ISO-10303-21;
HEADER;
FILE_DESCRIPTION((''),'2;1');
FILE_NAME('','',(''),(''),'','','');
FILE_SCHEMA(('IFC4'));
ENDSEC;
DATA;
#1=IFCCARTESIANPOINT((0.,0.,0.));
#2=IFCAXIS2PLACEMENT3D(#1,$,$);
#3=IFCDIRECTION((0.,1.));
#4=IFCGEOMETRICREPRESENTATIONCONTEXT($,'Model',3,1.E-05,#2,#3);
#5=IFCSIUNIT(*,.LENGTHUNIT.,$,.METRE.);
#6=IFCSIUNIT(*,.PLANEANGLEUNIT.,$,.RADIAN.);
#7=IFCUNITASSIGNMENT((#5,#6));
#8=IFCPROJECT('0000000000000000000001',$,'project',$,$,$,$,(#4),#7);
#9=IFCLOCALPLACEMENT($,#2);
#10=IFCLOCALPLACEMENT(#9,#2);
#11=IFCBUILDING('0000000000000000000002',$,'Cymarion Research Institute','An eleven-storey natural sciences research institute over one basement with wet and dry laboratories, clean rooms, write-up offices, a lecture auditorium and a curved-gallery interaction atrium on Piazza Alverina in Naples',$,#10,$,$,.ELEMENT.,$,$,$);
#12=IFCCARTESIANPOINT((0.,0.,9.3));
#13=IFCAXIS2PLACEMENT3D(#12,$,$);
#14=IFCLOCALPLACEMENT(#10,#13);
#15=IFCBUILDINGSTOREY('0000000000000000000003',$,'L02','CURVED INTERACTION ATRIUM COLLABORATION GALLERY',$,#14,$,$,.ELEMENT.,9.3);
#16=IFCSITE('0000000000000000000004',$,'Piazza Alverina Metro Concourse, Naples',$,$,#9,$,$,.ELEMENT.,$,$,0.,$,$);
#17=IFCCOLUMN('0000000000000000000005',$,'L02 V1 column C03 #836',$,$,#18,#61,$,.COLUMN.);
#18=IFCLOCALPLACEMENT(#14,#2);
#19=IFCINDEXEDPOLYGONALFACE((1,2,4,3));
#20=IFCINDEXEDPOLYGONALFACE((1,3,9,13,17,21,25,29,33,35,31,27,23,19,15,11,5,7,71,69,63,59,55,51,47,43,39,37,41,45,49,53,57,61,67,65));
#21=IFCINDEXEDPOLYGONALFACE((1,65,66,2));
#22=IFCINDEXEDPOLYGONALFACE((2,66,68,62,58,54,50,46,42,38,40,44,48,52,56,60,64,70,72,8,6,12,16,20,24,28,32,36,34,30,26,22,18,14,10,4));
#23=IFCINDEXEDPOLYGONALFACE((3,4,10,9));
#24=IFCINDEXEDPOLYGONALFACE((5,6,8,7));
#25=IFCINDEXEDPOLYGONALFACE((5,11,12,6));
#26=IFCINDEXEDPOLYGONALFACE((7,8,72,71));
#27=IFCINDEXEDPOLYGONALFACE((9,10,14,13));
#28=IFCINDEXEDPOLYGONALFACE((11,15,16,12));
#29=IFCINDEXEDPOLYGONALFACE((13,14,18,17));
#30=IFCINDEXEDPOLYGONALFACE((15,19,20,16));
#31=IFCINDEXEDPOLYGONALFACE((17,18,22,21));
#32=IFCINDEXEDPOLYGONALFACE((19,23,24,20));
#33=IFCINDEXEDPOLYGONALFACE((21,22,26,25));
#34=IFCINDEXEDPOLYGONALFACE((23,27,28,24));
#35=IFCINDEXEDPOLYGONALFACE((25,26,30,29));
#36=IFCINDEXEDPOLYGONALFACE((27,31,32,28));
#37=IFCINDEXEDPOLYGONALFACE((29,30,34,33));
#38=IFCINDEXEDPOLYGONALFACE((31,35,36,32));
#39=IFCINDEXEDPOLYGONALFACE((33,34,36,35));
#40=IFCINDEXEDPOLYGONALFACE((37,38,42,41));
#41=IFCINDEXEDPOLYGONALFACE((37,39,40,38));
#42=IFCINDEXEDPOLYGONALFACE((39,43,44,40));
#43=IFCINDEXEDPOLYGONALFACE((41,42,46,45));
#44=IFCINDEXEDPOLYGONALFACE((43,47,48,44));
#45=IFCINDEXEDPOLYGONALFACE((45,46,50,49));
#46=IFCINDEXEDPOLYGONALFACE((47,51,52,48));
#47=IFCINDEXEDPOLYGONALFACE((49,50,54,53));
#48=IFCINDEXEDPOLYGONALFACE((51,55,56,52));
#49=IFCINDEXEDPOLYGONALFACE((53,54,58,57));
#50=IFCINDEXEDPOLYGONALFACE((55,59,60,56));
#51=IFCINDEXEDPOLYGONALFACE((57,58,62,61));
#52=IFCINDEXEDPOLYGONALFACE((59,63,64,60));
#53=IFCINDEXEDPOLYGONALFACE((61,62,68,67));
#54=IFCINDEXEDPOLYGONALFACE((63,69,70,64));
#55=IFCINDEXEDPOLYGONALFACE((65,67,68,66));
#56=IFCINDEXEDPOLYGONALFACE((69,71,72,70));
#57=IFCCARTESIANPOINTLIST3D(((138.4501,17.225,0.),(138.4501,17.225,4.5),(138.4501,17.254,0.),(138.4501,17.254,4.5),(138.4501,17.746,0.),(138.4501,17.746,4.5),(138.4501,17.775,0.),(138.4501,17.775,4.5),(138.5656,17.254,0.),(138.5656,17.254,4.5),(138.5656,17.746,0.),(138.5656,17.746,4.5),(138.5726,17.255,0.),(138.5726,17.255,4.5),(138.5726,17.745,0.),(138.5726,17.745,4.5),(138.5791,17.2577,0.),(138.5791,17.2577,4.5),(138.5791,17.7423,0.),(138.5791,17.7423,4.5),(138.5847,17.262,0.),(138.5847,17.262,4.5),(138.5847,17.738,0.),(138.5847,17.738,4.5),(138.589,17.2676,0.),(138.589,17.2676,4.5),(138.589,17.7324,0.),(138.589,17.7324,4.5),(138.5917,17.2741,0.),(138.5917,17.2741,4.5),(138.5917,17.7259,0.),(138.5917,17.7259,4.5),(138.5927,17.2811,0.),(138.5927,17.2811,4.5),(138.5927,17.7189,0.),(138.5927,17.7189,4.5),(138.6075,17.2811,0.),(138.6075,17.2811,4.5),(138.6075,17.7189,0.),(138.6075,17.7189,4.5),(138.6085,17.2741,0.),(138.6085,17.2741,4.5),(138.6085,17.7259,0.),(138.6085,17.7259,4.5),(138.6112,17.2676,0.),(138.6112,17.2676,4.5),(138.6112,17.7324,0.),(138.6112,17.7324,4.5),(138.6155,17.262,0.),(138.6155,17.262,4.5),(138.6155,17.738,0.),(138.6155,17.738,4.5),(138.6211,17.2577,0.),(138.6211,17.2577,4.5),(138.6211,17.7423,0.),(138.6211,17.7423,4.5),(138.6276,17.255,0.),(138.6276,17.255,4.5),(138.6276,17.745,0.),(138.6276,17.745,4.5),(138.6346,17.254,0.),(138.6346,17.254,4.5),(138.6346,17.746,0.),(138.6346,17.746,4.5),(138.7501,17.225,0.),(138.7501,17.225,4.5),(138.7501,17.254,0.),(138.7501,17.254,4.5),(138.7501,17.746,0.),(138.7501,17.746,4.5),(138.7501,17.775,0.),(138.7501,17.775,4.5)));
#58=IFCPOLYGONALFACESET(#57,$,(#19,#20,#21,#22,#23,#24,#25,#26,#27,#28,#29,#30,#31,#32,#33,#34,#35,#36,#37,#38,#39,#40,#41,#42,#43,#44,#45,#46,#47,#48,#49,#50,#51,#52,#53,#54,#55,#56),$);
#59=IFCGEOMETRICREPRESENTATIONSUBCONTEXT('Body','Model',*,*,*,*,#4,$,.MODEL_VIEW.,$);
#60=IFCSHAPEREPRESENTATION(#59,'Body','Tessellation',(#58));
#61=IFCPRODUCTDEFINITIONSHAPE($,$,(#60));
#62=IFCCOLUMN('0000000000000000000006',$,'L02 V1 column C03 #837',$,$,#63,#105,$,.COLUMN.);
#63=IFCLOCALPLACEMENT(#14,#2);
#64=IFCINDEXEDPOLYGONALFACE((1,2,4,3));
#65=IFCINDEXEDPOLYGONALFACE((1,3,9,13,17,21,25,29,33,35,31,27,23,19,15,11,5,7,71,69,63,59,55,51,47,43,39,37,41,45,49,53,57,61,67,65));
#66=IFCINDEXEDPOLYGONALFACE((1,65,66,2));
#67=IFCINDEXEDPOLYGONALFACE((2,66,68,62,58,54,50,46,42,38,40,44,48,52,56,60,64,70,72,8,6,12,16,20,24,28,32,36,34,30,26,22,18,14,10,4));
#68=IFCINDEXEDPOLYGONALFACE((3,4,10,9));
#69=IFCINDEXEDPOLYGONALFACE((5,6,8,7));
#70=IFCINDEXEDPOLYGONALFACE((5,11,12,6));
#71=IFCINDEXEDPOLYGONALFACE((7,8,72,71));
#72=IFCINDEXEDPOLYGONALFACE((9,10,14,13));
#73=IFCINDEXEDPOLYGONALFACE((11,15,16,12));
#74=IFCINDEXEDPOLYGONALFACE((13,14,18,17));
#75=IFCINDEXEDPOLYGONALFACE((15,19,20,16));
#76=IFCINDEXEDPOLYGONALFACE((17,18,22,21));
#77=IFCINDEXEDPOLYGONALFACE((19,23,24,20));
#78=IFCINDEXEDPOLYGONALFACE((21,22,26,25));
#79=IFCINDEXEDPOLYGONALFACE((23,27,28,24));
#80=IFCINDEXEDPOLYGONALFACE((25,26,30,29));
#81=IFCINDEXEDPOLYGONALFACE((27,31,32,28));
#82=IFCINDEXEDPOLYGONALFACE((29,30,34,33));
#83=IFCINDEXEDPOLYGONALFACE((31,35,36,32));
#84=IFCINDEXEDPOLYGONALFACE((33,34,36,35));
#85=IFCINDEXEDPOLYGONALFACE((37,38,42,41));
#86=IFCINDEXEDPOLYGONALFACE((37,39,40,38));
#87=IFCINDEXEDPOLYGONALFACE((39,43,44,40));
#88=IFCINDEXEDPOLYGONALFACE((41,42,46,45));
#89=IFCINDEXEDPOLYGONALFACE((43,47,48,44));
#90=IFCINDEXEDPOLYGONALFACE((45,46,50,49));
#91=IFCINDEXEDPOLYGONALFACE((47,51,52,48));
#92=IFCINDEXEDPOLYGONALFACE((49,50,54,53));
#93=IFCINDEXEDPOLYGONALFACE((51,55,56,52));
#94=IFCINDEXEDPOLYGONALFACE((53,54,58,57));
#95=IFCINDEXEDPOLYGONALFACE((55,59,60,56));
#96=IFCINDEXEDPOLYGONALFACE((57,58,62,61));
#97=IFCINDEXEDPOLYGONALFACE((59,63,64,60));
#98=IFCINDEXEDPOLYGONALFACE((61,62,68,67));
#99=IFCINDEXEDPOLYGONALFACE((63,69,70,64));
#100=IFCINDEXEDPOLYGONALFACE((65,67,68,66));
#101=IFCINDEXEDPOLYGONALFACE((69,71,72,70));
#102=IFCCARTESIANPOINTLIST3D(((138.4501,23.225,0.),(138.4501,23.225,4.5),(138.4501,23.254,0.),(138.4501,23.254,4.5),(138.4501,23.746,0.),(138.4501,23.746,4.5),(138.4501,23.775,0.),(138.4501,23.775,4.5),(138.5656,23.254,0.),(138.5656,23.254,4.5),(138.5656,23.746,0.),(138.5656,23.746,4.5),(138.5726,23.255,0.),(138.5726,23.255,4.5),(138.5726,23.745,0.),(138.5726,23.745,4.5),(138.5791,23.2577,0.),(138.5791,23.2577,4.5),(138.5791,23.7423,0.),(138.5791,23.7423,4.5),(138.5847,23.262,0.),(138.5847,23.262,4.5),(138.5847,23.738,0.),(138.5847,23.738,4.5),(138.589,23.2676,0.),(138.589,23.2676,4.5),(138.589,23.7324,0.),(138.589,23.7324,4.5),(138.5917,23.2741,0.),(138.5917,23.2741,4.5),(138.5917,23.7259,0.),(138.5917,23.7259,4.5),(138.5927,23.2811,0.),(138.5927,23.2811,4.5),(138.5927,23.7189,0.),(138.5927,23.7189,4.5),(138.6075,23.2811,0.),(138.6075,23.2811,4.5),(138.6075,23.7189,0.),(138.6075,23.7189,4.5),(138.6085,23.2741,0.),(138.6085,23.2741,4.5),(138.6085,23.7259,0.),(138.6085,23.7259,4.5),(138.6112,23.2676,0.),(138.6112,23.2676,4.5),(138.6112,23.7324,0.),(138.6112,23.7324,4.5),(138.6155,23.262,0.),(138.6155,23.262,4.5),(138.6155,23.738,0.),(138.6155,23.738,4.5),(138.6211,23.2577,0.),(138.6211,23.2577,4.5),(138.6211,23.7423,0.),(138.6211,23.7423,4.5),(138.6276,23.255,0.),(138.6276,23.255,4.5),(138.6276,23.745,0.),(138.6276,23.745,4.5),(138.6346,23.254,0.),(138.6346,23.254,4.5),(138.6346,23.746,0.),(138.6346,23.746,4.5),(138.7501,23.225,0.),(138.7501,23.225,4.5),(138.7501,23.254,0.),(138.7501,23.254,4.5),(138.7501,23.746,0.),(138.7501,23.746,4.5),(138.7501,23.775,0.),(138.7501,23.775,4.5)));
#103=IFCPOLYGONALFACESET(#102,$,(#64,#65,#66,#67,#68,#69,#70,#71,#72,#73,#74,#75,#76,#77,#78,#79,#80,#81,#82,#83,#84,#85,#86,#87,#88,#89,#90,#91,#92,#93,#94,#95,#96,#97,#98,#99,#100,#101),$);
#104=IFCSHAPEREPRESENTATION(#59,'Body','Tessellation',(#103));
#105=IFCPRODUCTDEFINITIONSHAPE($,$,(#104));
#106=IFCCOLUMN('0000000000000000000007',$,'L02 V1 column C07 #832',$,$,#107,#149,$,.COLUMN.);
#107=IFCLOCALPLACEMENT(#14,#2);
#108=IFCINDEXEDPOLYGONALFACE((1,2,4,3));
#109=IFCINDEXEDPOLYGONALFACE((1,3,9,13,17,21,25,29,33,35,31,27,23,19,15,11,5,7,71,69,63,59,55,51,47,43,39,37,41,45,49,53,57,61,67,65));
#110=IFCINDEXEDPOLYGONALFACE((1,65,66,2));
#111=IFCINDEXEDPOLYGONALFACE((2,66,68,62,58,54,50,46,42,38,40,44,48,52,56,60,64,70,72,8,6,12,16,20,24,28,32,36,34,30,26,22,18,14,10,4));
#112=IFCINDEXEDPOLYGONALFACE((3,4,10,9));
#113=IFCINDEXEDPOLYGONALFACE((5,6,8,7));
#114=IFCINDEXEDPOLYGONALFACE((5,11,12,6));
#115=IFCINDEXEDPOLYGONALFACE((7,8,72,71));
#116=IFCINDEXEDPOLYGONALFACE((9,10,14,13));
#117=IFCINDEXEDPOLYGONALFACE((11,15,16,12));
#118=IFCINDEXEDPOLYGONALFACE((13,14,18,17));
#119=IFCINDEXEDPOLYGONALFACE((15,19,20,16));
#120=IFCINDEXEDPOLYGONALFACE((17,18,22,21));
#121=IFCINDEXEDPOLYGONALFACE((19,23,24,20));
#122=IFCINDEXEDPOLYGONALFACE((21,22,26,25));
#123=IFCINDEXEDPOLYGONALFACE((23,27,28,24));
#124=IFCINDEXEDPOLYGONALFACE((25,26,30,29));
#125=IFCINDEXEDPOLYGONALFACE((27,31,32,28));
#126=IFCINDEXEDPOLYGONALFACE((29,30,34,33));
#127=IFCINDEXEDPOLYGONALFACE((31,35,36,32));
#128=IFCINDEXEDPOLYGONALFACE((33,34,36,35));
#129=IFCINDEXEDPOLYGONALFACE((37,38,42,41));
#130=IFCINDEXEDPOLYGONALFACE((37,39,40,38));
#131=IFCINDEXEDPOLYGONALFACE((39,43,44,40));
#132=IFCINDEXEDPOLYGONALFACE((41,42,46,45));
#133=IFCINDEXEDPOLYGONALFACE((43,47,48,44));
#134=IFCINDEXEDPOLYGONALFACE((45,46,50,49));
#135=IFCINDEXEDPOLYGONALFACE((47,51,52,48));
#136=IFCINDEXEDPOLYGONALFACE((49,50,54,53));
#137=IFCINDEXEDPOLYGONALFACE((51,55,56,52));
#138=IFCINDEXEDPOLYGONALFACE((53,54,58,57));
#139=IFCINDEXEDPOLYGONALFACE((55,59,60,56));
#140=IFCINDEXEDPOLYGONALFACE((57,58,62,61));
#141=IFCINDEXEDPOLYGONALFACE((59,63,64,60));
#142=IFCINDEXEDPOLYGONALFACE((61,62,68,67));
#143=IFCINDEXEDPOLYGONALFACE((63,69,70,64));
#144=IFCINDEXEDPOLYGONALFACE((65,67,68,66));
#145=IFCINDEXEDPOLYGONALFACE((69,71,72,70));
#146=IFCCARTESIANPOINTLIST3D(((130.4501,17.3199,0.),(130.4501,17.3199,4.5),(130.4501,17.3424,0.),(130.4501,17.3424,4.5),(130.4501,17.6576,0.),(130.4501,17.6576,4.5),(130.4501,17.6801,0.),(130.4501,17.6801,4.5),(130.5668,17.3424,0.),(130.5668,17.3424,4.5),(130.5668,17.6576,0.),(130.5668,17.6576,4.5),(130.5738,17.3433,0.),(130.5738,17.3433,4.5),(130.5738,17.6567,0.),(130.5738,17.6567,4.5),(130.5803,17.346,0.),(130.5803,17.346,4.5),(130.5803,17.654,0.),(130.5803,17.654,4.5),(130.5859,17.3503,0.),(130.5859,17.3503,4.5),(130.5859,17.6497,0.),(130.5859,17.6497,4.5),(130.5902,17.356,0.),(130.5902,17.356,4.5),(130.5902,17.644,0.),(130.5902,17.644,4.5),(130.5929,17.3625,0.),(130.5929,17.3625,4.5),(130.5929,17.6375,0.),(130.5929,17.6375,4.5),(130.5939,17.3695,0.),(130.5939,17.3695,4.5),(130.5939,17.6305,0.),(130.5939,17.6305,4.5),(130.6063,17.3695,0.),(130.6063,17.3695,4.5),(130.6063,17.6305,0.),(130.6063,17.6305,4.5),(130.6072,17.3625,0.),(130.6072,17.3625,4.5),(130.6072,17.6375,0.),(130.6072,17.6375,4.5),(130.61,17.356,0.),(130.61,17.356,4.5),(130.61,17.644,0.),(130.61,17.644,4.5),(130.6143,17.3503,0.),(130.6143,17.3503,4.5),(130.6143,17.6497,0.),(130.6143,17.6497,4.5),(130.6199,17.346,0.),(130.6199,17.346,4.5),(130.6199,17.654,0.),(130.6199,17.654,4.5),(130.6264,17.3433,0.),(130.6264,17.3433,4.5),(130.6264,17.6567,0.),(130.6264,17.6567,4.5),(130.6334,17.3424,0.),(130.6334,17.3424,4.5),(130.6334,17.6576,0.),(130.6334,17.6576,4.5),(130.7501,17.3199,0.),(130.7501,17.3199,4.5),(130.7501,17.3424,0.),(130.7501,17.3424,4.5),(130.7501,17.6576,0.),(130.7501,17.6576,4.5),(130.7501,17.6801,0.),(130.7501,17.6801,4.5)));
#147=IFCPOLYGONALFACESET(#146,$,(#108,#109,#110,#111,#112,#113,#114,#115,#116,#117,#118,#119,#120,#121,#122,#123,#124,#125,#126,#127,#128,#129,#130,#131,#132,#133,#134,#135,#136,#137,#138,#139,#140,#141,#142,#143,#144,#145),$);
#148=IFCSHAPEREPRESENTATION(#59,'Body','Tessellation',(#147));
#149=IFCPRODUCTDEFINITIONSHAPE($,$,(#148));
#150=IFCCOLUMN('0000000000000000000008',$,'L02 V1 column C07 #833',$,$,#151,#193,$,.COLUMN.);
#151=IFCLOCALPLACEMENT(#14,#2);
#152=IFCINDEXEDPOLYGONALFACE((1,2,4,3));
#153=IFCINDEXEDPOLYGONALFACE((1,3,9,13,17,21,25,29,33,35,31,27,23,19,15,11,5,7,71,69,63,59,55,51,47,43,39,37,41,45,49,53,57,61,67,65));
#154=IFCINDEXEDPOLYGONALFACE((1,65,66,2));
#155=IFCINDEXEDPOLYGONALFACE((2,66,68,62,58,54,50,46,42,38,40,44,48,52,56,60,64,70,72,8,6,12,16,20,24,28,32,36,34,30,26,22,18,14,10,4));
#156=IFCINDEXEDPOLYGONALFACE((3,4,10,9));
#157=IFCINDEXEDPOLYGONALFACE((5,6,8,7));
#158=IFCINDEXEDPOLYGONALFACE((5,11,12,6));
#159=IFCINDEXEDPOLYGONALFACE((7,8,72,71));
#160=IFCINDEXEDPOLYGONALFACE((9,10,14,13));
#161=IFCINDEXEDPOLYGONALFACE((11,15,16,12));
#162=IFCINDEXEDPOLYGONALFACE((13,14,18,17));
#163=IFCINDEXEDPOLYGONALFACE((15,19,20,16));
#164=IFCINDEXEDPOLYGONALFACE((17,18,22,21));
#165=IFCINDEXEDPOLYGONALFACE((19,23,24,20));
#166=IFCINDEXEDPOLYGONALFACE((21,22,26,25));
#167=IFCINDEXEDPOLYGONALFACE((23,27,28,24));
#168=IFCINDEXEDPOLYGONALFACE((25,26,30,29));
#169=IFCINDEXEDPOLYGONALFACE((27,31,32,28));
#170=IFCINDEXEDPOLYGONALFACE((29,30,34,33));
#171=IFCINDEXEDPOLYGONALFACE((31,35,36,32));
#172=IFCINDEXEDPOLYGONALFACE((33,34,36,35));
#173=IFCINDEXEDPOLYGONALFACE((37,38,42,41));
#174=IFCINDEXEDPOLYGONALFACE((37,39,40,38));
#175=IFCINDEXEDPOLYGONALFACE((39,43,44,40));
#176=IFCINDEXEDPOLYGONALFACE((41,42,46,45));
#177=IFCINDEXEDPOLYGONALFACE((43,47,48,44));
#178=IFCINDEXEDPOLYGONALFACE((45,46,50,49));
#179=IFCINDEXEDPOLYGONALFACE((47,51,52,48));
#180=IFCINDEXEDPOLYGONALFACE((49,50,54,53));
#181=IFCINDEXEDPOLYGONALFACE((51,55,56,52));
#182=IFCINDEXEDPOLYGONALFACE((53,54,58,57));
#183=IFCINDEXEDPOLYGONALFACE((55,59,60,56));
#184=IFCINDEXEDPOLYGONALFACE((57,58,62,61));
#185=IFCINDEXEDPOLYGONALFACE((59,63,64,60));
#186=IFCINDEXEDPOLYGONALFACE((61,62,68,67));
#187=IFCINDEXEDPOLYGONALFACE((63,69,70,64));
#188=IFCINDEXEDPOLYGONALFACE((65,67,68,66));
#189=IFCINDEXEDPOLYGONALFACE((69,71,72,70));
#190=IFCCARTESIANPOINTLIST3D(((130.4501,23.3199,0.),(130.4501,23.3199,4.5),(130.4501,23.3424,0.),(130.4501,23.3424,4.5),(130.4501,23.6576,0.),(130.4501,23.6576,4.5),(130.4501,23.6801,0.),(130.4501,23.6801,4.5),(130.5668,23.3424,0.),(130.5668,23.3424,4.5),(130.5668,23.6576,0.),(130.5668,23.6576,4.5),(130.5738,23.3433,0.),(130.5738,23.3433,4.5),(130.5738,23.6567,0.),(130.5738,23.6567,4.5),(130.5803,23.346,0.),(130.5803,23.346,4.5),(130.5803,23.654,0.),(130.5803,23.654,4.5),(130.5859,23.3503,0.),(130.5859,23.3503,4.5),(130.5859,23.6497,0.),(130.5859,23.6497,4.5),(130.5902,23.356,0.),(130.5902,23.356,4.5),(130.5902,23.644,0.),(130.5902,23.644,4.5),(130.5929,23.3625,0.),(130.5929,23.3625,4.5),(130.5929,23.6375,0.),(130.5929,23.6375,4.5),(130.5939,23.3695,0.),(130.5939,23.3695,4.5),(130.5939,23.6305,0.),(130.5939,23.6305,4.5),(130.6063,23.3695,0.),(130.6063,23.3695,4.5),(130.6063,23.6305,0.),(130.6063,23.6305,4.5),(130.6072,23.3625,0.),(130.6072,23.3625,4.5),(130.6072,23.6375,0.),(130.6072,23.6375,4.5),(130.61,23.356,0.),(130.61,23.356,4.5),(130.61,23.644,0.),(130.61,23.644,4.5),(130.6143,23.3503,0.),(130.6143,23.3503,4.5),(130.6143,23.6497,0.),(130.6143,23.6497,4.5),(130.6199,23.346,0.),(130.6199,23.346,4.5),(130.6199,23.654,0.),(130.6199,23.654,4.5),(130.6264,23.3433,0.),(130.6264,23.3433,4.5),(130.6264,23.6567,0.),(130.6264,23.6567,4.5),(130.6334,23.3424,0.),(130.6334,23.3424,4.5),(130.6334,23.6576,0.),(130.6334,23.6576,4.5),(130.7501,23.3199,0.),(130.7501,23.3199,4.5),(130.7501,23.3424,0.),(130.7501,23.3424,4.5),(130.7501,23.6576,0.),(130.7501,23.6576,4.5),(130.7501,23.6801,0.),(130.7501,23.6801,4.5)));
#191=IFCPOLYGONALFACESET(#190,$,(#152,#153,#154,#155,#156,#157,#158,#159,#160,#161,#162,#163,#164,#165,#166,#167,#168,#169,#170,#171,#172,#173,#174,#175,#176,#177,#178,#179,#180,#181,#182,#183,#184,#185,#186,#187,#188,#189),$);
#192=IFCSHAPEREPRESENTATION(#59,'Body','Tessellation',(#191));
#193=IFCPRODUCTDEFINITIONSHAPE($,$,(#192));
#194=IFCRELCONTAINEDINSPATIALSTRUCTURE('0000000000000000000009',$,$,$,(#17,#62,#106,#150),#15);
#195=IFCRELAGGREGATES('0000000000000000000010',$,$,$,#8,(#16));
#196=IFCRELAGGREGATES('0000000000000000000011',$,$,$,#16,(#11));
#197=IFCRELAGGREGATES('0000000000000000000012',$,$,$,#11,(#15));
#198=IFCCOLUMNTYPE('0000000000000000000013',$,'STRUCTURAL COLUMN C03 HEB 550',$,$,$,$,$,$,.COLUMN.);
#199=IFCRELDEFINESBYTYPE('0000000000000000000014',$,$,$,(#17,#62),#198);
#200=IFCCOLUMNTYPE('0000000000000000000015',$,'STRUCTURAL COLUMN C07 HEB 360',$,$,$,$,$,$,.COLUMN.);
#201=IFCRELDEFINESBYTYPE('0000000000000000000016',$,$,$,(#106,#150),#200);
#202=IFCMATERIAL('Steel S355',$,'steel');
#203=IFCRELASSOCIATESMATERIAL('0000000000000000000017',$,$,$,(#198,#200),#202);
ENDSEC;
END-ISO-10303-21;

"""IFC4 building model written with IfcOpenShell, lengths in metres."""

from ifc_helpers import new_model, si_unit, direction, frame, origin, origin_2d, place, context, subcontext, project, spatial, i_section, extrude, material, material_profile, profile_set, type_object, element, save


model = new_model("IFC4")

# Units and contexts
model_context = context("Model", 3, precision=1e-05, world=origin(), true_north=direction((0.0, 1.0)))
body_context = subcontext(model_context, "Body", "Model", "MODEL_VIEW")
ifc_project = project(units=[si_unit("LENGTHUNIT", "METRE"), si_unit("PLANEANGLEUNIT", "RADIAN")], contexts=[model_context])

# Site, building, storey
site_placement = place(None, origin())
site = spatial("IfcSite", under=ifc_project, at=site_placement, Name="Piazza Alverina Metro Concourse, Naples", CompositionType="ELEMENT", RefElevation=0.0)
building_placement = place(site_placement, origin())
building = spatial("IfcBuilding", under=site, at=building_placement, Name="Cymarion Research Institute", Description="An eleven-storey natural sciences research institute over one basement with wet and dry laboratories, clean rooms, write-up offices, a lecture auditorium and a curved-gallery interaction atrium on Piazza Alverina in Naples", CompositionType="ELEMENT")
storey_placement = place(building_placement, frame((0.0, 0.0, 9.3)))
storey = spatial("IfcBuildingStorey", under=building, at=storey_placement, Name="L02", Description="CURVED INTERACTION ATRIUM COLLABORATION GALLERY", CompositionType="ELEMENT", Elevation=9.3)

# Columns
ifc_material_1 = material(Name="Steel S355", Category="steel")
ifc_material_profile_1 = material_profile(ifc_material_1, i_section(OverallWidth=0.3, OverallDepth=0.55, WebThickness=0.0149, FlangeThickness=0.0291, FilletRadius=0.0271, at=origin_2d()), Name="HEB 550")
ifc_profile_set_1 = profile_set([ifc_material_profile_1], Name="Steel S355")
column_type_1 = type_object("IfcColumnType", Name="STRUCTURAL COLUMN C03 HEB 550", PredefinedType="COLUMN", material=ifc_profile_set_1)
for number, where, z_axis, x_axis, name in (
    (1, (138.6001, 17.5, 0.0), (0.0, 0.0, 1.0), (1.0, 0.0, 0.0), "L02 V1 column C03 #836"),
    (2, (138.6001, 23.5, 0.0), (0.0, 0.0, 1.0), (1.0, 0.0, 0.0), "L02 V1 column C03 #837"),
):
    element("IfcColumn", number, at=place(storey_placement, frame(where, z_axis=z_axis, x_axis=x_axis)), inside=storey, type_object=column_type_1, Name=name, PredefinedType="COLUMN", context=body_context, shape_type="SweptSolid", body=[
        extrude(i_section(OverallWidth=0.3, OverallDepth=0.55, WebThickness=0.0149, FlangeThickness=0.0291, FilletRadius=0.0271, at=origin_2d()), origin(), (0.0, 0.0, 1.0), 4.5),
    ])
ifc_material_profile_2 = material_profile(ifc_material_1, i_section(OverallWidth=0.3, OverallDepth=0.3601, WebThickness=0.0125, FlangeThickness=0.0225, FilletRadius=0.0271, at=origin_2d()), Name="HEB 360")
ifc_profile_set_2 = profile_set([ifc_material_profile_2], Name="Steel S355")
column_type_2 = type_object("IfcColumnType", Name="STRUCTURAL COLUMN C07 HEB 360", PredefinedType="COLUMN", material=ifc_profile_set_2)
for number, where, z_axis, x_axis, name in (
    (3, (130.6001, 17.5, 0.0), (0.0, 0.0, 1.0), (1.0, 0.0, 0.0), "L02 V1 column C07 #832"),
    (4, (130.6001, 23.5, 0.0), (0.0, 0.0, 1.0), (1.0, 0.0, 0.0), "L02 V1 column C07 #833"),
):
    element("IfcColumn", number, at=place(storey_placement, frame(where, z_axis=z_axis, x_axis=x_axis)), inside=storey, type_object=column_type_2, Name=name, PredefinedType="COLUMN", context=body_context, shape_type="SweptSolid", body=[
        extrude(i_section(OverallWidth=0.3, OverallDepth=0.3601, WebThickness=0.0125, FlangeThickness=0.0225, FilletRadius=0.0271, at=origin_2d()), origin(), (0.0, 0.0, 1.0), 4.5),
    ])

save(model, "model.ifc")
